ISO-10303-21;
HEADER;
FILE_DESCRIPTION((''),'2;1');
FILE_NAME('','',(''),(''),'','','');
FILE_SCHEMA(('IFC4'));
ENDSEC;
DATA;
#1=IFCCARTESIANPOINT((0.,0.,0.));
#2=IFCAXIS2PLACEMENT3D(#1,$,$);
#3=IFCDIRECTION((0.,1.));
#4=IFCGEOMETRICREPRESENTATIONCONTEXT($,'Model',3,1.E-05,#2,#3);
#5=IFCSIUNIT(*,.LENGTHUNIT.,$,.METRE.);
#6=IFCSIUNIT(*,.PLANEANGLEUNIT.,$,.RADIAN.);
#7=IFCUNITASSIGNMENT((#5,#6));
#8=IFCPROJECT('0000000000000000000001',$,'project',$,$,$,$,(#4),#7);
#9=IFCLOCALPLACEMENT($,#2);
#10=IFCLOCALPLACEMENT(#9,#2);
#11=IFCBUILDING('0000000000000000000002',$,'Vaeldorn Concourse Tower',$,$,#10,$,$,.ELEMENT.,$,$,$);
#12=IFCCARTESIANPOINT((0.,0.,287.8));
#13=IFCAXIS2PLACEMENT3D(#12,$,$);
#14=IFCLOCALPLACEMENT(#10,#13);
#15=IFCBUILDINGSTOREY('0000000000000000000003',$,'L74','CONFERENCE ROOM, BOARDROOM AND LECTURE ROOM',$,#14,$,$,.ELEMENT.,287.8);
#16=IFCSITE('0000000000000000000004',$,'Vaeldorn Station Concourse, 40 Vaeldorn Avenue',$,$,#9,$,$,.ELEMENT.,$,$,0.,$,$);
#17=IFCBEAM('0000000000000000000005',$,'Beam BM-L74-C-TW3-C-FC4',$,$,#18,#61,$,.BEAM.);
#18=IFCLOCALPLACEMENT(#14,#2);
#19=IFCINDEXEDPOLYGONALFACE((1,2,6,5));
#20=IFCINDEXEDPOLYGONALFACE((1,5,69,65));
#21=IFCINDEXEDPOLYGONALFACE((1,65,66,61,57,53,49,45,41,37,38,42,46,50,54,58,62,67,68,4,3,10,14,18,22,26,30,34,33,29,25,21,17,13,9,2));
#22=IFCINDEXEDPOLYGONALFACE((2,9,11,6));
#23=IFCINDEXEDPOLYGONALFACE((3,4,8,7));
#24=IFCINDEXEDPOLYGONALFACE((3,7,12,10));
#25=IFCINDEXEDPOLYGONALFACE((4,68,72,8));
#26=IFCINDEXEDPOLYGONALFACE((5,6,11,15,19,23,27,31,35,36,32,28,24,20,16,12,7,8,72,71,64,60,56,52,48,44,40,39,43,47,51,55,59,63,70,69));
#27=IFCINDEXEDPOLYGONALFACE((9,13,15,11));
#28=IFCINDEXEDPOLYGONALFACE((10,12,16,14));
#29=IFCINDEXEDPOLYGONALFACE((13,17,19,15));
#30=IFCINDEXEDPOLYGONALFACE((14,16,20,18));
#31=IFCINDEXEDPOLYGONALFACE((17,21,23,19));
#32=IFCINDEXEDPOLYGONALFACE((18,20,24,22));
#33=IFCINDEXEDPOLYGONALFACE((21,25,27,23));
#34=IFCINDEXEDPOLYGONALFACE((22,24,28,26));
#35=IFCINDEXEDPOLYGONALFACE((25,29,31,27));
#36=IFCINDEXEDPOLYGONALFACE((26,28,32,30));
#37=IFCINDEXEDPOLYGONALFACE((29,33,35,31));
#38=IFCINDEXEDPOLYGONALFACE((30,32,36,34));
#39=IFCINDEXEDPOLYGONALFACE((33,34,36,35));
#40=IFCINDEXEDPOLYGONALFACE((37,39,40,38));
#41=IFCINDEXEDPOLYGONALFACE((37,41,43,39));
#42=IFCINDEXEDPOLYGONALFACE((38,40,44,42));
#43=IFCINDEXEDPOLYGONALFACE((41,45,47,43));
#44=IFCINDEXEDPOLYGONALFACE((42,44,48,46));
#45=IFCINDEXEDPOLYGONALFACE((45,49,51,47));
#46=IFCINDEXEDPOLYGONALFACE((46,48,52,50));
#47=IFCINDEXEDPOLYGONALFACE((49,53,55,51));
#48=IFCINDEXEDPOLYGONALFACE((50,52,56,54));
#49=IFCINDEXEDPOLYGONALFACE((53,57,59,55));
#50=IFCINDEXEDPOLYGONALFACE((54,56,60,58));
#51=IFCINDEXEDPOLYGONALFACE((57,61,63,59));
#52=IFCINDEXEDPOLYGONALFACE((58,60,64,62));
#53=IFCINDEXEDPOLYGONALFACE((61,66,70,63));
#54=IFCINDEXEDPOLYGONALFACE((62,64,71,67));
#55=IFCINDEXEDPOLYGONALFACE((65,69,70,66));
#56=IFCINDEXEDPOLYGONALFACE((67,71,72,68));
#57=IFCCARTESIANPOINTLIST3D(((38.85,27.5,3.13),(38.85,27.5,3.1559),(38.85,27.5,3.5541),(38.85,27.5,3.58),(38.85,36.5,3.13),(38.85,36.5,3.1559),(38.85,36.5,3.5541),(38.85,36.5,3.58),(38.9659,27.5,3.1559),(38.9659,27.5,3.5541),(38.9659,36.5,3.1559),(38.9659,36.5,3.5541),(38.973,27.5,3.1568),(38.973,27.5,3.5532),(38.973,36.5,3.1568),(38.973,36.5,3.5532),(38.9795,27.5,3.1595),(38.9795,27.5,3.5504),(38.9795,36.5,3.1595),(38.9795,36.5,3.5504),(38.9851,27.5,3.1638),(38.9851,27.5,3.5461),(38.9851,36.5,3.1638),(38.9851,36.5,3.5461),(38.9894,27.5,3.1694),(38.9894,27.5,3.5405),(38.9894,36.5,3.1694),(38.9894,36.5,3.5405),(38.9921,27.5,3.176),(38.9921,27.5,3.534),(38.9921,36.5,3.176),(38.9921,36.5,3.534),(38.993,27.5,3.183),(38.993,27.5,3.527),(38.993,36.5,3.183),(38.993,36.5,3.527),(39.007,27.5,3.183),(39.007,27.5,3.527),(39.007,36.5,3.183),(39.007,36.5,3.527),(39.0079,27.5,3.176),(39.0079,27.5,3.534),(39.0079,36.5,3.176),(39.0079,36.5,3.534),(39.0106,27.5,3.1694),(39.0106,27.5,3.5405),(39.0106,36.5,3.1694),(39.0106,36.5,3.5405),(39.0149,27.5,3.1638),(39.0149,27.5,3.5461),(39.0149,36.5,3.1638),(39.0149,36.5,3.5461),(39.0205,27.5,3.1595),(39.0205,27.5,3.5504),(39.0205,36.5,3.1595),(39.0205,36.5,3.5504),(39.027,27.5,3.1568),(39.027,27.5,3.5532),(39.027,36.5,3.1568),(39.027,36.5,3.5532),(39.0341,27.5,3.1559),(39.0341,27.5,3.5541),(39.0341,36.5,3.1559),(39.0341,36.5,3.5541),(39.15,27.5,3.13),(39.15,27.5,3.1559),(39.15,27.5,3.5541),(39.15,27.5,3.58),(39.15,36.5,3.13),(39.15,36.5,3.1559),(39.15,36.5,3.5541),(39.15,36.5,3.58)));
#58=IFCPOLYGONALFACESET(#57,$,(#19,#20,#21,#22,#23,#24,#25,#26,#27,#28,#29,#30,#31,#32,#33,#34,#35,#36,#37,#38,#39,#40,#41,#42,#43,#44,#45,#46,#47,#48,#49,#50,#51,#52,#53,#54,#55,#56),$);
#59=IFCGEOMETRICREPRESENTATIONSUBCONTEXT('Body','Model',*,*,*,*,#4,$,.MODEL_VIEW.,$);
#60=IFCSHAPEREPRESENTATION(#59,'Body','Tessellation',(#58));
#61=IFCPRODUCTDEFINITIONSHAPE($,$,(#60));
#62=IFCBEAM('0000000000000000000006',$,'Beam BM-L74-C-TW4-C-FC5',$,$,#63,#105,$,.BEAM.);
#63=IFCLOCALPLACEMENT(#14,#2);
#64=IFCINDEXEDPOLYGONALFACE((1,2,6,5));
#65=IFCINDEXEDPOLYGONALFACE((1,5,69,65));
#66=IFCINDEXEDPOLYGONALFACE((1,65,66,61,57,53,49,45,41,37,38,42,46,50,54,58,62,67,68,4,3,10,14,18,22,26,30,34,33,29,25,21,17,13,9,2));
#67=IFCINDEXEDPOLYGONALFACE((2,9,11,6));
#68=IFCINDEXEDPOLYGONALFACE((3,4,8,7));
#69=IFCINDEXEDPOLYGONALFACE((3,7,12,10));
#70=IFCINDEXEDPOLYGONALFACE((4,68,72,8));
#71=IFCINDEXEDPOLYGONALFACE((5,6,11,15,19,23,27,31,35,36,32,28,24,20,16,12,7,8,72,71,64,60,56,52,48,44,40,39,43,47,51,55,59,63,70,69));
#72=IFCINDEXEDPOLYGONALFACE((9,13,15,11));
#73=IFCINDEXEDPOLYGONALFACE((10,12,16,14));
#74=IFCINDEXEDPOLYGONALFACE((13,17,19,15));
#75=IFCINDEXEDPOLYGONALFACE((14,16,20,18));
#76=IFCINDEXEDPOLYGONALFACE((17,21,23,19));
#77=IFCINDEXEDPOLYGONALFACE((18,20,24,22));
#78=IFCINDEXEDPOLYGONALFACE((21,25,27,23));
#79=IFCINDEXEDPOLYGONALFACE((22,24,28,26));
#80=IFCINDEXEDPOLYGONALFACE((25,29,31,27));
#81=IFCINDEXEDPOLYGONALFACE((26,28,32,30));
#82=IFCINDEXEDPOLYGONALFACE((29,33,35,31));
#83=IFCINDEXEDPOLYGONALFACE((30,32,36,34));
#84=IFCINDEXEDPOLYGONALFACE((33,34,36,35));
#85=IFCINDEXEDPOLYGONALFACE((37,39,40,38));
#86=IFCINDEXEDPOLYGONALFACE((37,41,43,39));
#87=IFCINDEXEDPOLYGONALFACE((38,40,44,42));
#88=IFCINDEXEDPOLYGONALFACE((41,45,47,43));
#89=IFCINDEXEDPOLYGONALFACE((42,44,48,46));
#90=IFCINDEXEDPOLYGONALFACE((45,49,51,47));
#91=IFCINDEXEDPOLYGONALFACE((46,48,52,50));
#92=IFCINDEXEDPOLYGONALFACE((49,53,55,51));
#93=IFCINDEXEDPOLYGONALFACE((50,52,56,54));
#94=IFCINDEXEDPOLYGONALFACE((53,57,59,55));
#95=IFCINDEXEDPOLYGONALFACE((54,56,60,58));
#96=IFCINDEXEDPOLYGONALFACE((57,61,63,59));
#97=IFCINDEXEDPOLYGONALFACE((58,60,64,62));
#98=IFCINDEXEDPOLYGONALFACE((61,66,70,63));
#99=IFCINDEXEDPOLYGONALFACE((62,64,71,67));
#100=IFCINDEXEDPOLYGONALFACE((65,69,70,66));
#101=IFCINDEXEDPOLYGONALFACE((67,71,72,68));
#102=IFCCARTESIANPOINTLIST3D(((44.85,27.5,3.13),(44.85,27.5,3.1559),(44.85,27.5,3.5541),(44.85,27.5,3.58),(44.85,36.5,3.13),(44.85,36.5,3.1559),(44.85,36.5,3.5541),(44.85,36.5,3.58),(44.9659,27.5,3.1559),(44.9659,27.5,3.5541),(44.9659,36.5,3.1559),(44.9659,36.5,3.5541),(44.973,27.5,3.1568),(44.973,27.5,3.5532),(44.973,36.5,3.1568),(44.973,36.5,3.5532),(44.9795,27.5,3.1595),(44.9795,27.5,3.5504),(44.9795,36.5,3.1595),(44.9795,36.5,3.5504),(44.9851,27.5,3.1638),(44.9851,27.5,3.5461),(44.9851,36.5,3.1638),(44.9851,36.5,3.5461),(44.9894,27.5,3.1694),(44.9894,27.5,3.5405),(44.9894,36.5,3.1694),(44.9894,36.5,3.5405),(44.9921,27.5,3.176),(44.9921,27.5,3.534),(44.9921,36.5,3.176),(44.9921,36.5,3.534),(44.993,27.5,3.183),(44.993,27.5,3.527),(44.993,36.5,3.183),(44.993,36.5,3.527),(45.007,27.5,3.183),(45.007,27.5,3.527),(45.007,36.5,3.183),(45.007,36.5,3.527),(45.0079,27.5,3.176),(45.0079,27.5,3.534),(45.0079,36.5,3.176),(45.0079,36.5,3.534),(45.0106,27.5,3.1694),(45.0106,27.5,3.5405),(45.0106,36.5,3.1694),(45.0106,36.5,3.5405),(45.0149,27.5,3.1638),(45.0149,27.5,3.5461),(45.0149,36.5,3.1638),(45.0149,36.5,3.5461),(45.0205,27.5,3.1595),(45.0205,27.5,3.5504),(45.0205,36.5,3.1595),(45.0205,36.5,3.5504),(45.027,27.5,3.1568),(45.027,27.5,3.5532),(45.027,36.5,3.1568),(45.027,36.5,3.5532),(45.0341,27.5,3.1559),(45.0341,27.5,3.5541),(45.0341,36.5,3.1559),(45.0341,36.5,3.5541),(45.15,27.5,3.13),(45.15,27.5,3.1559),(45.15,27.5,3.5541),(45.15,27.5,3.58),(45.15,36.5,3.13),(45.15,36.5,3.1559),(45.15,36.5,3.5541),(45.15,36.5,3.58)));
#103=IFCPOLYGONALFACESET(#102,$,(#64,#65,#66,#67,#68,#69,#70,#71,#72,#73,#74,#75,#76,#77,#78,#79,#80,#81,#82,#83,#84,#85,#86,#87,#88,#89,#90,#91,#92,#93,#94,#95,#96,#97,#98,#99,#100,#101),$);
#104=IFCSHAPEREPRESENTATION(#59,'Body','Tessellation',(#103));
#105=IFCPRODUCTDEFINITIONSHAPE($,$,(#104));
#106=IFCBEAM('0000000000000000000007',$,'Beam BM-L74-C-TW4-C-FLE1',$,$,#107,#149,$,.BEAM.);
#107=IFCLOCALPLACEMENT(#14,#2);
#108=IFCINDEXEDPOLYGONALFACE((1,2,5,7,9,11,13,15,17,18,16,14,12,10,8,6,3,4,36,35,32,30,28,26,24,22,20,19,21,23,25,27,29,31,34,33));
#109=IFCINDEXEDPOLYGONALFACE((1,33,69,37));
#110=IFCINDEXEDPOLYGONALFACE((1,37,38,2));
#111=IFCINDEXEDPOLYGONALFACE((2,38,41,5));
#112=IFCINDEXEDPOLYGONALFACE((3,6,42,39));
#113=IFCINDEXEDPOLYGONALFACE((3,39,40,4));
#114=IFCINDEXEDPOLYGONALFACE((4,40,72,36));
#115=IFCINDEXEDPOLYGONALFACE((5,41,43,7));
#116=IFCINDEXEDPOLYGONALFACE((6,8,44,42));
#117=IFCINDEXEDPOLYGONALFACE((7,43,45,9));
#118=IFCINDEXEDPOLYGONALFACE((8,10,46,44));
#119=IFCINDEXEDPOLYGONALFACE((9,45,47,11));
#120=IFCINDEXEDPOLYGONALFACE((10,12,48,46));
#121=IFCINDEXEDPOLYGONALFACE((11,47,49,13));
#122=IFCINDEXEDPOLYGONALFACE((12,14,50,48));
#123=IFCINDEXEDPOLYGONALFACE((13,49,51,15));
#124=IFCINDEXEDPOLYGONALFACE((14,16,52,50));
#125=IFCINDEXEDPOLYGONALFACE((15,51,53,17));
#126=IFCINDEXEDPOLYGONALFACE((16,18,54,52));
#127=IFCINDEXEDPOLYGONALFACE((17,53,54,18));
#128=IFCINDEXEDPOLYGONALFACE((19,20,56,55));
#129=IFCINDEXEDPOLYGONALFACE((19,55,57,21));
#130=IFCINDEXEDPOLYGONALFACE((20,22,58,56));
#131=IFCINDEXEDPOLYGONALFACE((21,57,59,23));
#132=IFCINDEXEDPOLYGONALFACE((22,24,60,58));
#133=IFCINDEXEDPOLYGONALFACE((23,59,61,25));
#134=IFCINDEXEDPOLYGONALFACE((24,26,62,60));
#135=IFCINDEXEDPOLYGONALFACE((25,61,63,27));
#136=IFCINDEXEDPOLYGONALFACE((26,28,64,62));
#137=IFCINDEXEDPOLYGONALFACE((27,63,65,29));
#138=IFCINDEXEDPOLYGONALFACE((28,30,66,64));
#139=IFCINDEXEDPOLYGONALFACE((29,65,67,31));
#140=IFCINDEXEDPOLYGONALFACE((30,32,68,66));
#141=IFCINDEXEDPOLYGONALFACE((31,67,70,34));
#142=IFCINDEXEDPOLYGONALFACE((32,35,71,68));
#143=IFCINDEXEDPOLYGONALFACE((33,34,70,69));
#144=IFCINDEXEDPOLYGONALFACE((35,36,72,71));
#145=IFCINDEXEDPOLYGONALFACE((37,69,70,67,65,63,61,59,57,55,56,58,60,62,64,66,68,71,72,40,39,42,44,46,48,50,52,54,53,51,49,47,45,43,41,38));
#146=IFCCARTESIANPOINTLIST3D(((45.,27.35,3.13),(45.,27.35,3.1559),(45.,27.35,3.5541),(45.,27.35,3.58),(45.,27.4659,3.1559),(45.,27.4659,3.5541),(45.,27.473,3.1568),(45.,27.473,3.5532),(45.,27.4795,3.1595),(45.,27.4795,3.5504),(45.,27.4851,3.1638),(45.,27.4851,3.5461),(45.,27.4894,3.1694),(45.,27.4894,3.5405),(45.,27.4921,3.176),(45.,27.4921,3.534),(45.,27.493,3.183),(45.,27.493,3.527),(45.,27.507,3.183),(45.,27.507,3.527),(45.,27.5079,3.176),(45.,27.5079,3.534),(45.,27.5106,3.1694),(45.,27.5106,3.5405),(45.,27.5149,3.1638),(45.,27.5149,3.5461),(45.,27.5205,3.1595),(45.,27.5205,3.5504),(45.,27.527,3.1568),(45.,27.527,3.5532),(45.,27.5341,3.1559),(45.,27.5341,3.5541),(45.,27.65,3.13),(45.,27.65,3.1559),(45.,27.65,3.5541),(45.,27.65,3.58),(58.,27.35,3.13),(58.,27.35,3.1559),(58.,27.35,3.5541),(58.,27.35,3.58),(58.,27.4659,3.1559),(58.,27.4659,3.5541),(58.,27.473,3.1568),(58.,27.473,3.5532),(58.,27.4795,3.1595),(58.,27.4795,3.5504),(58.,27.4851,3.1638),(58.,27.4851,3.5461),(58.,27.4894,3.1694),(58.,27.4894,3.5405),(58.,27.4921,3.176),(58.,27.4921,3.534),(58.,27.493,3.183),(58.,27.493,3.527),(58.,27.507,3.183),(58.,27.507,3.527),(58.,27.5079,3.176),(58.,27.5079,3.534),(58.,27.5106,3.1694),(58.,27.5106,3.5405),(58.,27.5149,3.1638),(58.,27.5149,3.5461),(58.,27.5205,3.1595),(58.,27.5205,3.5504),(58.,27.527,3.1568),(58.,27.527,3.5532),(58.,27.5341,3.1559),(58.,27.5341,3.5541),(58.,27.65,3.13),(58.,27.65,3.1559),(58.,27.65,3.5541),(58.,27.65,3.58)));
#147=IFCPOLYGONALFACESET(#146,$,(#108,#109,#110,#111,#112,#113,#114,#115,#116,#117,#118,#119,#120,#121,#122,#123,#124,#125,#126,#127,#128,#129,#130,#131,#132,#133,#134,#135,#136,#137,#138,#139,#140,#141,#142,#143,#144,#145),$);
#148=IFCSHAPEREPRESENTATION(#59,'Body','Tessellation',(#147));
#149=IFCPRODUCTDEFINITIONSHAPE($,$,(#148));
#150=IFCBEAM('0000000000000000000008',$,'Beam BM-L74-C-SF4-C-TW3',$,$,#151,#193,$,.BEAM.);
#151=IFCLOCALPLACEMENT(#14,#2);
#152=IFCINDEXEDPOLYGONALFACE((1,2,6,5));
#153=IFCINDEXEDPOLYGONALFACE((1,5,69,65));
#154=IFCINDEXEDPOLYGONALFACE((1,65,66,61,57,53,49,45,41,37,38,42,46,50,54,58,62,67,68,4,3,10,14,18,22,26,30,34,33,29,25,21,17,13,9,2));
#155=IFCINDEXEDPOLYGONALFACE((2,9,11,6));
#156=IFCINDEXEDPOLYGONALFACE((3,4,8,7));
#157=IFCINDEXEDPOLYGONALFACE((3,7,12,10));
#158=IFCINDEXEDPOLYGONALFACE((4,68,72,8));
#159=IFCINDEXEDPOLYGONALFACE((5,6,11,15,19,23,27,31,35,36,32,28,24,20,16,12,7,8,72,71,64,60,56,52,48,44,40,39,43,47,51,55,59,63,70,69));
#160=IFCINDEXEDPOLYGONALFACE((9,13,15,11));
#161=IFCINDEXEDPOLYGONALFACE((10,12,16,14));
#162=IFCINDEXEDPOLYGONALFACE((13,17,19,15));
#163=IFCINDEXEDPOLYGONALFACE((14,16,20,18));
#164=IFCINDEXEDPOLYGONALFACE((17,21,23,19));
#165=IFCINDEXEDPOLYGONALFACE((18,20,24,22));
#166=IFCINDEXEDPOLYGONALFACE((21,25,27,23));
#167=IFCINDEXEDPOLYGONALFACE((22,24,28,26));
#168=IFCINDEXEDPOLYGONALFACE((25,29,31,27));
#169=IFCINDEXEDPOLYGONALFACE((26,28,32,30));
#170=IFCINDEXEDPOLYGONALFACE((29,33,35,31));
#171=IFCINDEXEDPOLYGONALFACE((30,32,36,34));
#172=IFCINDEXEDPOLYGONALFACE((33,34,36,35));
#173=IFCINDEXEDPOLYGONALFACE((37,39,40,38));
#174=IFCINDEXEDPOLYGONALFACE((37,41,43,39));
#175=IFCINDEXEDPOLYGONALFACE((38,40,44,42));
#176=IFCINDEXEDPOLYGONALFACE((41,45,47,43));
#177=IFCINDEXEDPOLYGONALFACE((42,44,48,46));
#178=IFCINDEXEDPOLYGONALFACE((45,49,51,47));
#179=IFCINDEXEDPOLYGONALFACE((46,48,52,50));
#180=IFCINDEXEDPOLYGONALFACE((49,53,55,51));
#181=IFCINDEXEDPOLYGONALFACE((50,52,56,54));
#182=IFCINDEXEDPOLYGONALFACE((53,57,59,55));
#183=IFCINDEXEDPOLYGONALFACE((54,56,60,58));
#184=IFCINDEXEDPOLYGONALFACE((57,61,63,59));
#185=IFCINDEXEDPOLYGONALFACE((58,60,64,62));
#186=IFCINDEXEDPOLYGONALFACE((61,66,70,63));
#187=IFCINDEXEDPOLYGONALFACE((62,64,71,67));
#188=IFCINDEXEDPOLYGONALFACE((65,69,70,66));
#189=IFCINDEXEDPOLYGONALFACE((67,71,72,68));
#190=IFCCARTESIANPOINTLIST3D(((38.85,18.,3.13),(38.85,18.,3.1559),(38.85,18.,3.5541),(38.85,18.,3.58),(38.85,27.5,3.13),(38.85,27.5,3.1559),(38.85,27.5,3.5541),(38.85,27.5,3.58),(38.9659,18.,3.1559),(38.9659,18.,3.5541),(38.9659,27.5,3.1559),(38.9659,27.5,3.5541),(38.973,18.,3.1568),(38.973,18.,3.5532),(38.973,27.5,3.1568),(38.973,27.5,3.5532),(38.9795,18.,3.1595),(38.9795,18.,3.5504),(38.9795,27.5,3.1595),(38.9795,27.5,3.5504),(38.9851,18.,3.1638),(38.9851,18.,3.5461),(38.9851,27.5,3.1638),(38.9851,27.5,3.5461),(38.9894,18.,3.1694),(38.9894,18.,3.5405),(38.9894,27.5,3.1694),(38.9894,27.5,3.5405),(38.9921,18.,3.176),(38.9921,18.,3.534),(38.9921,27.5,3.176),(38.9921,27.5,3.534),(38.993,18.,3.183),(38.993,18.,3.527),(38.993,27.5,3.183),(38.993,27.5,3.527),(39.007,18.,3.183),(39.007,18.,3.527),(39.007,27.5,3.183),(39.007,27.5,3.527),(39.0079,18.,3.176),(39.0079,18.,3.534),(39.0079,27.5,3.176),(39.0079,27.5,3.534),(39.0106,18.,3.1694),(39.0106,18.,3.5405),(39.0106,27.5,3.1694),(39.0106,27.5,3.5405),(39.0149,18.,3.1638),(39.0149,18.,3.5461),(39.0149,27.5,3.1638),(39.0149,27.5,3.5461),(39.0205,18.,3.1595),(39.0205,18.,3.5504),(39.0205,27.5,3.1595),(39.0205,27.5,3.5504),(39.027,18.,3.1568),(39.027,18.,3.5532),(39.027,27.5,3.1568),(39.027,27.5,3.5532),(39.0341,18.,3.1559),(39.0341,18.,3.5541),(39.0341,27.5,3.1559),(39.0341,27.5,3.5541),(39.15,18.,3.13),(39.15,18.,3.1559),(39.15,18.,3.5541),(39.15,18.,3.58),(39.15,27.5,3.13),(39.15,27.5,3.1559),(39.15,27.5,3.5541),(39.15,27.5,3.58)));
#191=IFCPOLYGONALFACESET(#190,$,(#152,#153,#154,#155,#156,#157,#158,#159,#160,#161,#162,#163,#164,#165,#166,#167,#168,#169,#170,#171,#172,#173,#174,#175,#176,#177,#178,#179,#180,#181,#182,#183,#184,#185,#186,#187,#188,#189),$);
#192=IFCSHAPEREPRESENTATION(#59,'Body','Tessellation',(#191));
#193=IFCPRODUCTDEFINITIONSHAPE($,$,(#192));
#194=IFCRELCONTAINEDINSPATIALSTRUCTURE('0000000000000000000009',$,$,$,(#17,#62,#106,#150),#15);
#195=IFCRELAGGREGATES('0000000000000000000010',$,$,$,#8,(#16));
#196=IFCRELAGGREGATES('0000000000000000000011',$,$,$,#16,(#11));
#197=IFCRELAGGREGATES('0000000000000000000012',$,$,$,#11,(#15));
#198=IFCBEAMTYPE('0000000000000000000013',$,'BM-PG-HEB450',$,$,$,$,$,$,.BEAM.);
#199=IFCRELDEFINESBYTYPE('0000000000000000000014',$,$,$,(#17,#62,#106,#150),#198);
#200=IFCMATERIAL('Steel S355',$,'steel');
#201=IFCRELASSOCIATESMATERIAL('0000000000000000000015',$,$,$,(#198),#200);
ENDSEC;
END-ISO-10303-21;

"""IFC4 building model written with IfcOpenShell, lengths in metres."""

from ifc_helpers import new_model, si_unit, direction, frame, origin, origin_2d, place, context, subcontext, project, spatial, i_section, extrude, source, transform, mapped, material, material_profile, profile_set, type_object, element, save


model = new_model("IFC4")

# Units and contexts
model_context = context("Model", 3, precision=1e-05, world=origin(), true_north=direction((0.0, 1.0)))
body_context = subcontext(model_context, "Body", "Model", "MODEL_VIEW")
ifc_project = project(units=[si_unit("LENGTHUNIT", "METRE"), si_unit("PLANEANGLEUNIT", "RADIAN")], contexts=[model_context])

# Site, building, storey
site_placement = place(None, origin())
site = spatial("IfcSite", under=ifc_project, at=site_placement, Name="Vaeldorn Station Concourse, 40 Vaeldorn Avenue", CompositionType="ELEMENT", RefElevation=0.0)
building_placement = place(site_placement, origin())
building = spatial("IfcBuilding", under=site, at=building_placement, Name="Vaeldorn Concourse Tower", CompositionType="ELEMENT")
storey_placement = place(building_placement, frame((0.0, 0.0, 287.8)))
storey = spatial("IfcBuildingStorey", under=building, at=storey_placement, Name="L74", Description="CONFERENCE ROOM, BOARDROOM AND LECTURE ROOM", CompositionType="ELEMENT", Elevation=287.8)

# Shared definitions
ifc_material_1 = material(Name="Steel S355", Category="steel")

# Beams
ifc_material_profile_1 = material_profile(ifc_material_1, i_section(OverallWidth=0.3, OverallDepth=0.45, WebThickness=0.0139, FlangeThickness=0.0259, FilletRadius=0.0271, at=origin_2d()), Name="HEB 450")
ifc_profile_set_1 = profile_set([ifc_material_profile_1], Name="Steel S355")
beam_type_1 = type_object("IfcBeamType", Name="BM-PG-HEB450", PredefinedType="BEAM", material=ifc_profile_set_1)
shared_shape_1 = source(origin(), body_context, "Body", "SweptSolid", [
    extrude(i_section(OverallWidth=0.3, OverallDepth=0.45, WebThickness=0.0139, FlangeThickness=0.0259, FilletRadius=0.0271, at=origin_2d()), origin(), (0.0, 0.0, 1.0), 9.0),
])
for number, where, z_axis, x_axis, name in (
    (1, (39.0, 27.5, 3.355), (0.0, 1.0, 0.0), (-1.0, 0.0, 0.0), "Beam BM-L74-C-TW3-C-FC4"),
    (2, (45.0, 27.5, 3.355), (0.0, 1.0, 0.0), (-1.0, 0.0, 0.0), "Beam BM-L74-C-TW4-C-FC5"),
):
    element("IfcBeam", number, at=place(storey_placement, frame(where, z_axis=z_axis, x_axis=x_axis)), inside=storey, type_object=beam_type_1, Name=name, PredefinedType="BEAM", context=body_context, shape_type="MappedRepresentation", body=[
        mapped(shared_shape_1, transform((0.0, 0.0, 0.0), scale=1.0)),
    ])
shared_shape_2 = source(origin(), body_context, "Body", "SweptSolid", [
    extrude(i_section(OverallWidth=0.3, OverallDepth=0.45, WebThickness=0.0139, FlangeThickness=0.0259, FilletRadius=0.0271, at=origin_2d()), origin(), (0.0, 0.0, 1.0), 13.0),
])
beam_1_placement = place(storey_placement, frame((45.0, 27.5, 3.355), z_axis=(1.0, 0.0, 0.0), x_axis=(0.0, 1.0, 0.0)))
element("IfcBeam", 3, at=beam_1_placement, inside=storey, type_object=beam_type_1, Name="Beam BM-L74-C-TW4-C-FLE1", PredefinedType="BEAM", context=body_context, shape_type="MappedRepresentation", body=[
    mapped(shared_shape_2, transform((0.0, 0.0, 0.0), scale=1.0)),
])
shared_shape_3 = source(origin(), body_context, "Body", "SweptSolid", [
    extrude(i_section(OverallWidth=0.3, OverallDepth=0.45, WebThickness=0.0139, FlangeThickness=0.0259, FilletRadius=0.0271, at=origin_2d()), origin(), (0.0, 0.0, 1.0), 9.5),
])
beam_2_placement = place(storey_placement, frame((39.0, 18.0, 3.355), z_axis=(0.0, 1.0, 0.0), x_axis=(-1.0, 0.0, 0.0)))
element("IfcBeam", 4, at=beam_2_placement, inside=storey, type_object=beam_type_1, Name="Beam BM-L74-C-SF4-C-TW3", PredefinedType="BEAM", context=body_context, shape_type="MappedRepresentation", body=[
    mapped(shared_shape_3, transform((0.0, 0.0, 0.0), scale=1.0)),
])

save(model, "model.ifc")
